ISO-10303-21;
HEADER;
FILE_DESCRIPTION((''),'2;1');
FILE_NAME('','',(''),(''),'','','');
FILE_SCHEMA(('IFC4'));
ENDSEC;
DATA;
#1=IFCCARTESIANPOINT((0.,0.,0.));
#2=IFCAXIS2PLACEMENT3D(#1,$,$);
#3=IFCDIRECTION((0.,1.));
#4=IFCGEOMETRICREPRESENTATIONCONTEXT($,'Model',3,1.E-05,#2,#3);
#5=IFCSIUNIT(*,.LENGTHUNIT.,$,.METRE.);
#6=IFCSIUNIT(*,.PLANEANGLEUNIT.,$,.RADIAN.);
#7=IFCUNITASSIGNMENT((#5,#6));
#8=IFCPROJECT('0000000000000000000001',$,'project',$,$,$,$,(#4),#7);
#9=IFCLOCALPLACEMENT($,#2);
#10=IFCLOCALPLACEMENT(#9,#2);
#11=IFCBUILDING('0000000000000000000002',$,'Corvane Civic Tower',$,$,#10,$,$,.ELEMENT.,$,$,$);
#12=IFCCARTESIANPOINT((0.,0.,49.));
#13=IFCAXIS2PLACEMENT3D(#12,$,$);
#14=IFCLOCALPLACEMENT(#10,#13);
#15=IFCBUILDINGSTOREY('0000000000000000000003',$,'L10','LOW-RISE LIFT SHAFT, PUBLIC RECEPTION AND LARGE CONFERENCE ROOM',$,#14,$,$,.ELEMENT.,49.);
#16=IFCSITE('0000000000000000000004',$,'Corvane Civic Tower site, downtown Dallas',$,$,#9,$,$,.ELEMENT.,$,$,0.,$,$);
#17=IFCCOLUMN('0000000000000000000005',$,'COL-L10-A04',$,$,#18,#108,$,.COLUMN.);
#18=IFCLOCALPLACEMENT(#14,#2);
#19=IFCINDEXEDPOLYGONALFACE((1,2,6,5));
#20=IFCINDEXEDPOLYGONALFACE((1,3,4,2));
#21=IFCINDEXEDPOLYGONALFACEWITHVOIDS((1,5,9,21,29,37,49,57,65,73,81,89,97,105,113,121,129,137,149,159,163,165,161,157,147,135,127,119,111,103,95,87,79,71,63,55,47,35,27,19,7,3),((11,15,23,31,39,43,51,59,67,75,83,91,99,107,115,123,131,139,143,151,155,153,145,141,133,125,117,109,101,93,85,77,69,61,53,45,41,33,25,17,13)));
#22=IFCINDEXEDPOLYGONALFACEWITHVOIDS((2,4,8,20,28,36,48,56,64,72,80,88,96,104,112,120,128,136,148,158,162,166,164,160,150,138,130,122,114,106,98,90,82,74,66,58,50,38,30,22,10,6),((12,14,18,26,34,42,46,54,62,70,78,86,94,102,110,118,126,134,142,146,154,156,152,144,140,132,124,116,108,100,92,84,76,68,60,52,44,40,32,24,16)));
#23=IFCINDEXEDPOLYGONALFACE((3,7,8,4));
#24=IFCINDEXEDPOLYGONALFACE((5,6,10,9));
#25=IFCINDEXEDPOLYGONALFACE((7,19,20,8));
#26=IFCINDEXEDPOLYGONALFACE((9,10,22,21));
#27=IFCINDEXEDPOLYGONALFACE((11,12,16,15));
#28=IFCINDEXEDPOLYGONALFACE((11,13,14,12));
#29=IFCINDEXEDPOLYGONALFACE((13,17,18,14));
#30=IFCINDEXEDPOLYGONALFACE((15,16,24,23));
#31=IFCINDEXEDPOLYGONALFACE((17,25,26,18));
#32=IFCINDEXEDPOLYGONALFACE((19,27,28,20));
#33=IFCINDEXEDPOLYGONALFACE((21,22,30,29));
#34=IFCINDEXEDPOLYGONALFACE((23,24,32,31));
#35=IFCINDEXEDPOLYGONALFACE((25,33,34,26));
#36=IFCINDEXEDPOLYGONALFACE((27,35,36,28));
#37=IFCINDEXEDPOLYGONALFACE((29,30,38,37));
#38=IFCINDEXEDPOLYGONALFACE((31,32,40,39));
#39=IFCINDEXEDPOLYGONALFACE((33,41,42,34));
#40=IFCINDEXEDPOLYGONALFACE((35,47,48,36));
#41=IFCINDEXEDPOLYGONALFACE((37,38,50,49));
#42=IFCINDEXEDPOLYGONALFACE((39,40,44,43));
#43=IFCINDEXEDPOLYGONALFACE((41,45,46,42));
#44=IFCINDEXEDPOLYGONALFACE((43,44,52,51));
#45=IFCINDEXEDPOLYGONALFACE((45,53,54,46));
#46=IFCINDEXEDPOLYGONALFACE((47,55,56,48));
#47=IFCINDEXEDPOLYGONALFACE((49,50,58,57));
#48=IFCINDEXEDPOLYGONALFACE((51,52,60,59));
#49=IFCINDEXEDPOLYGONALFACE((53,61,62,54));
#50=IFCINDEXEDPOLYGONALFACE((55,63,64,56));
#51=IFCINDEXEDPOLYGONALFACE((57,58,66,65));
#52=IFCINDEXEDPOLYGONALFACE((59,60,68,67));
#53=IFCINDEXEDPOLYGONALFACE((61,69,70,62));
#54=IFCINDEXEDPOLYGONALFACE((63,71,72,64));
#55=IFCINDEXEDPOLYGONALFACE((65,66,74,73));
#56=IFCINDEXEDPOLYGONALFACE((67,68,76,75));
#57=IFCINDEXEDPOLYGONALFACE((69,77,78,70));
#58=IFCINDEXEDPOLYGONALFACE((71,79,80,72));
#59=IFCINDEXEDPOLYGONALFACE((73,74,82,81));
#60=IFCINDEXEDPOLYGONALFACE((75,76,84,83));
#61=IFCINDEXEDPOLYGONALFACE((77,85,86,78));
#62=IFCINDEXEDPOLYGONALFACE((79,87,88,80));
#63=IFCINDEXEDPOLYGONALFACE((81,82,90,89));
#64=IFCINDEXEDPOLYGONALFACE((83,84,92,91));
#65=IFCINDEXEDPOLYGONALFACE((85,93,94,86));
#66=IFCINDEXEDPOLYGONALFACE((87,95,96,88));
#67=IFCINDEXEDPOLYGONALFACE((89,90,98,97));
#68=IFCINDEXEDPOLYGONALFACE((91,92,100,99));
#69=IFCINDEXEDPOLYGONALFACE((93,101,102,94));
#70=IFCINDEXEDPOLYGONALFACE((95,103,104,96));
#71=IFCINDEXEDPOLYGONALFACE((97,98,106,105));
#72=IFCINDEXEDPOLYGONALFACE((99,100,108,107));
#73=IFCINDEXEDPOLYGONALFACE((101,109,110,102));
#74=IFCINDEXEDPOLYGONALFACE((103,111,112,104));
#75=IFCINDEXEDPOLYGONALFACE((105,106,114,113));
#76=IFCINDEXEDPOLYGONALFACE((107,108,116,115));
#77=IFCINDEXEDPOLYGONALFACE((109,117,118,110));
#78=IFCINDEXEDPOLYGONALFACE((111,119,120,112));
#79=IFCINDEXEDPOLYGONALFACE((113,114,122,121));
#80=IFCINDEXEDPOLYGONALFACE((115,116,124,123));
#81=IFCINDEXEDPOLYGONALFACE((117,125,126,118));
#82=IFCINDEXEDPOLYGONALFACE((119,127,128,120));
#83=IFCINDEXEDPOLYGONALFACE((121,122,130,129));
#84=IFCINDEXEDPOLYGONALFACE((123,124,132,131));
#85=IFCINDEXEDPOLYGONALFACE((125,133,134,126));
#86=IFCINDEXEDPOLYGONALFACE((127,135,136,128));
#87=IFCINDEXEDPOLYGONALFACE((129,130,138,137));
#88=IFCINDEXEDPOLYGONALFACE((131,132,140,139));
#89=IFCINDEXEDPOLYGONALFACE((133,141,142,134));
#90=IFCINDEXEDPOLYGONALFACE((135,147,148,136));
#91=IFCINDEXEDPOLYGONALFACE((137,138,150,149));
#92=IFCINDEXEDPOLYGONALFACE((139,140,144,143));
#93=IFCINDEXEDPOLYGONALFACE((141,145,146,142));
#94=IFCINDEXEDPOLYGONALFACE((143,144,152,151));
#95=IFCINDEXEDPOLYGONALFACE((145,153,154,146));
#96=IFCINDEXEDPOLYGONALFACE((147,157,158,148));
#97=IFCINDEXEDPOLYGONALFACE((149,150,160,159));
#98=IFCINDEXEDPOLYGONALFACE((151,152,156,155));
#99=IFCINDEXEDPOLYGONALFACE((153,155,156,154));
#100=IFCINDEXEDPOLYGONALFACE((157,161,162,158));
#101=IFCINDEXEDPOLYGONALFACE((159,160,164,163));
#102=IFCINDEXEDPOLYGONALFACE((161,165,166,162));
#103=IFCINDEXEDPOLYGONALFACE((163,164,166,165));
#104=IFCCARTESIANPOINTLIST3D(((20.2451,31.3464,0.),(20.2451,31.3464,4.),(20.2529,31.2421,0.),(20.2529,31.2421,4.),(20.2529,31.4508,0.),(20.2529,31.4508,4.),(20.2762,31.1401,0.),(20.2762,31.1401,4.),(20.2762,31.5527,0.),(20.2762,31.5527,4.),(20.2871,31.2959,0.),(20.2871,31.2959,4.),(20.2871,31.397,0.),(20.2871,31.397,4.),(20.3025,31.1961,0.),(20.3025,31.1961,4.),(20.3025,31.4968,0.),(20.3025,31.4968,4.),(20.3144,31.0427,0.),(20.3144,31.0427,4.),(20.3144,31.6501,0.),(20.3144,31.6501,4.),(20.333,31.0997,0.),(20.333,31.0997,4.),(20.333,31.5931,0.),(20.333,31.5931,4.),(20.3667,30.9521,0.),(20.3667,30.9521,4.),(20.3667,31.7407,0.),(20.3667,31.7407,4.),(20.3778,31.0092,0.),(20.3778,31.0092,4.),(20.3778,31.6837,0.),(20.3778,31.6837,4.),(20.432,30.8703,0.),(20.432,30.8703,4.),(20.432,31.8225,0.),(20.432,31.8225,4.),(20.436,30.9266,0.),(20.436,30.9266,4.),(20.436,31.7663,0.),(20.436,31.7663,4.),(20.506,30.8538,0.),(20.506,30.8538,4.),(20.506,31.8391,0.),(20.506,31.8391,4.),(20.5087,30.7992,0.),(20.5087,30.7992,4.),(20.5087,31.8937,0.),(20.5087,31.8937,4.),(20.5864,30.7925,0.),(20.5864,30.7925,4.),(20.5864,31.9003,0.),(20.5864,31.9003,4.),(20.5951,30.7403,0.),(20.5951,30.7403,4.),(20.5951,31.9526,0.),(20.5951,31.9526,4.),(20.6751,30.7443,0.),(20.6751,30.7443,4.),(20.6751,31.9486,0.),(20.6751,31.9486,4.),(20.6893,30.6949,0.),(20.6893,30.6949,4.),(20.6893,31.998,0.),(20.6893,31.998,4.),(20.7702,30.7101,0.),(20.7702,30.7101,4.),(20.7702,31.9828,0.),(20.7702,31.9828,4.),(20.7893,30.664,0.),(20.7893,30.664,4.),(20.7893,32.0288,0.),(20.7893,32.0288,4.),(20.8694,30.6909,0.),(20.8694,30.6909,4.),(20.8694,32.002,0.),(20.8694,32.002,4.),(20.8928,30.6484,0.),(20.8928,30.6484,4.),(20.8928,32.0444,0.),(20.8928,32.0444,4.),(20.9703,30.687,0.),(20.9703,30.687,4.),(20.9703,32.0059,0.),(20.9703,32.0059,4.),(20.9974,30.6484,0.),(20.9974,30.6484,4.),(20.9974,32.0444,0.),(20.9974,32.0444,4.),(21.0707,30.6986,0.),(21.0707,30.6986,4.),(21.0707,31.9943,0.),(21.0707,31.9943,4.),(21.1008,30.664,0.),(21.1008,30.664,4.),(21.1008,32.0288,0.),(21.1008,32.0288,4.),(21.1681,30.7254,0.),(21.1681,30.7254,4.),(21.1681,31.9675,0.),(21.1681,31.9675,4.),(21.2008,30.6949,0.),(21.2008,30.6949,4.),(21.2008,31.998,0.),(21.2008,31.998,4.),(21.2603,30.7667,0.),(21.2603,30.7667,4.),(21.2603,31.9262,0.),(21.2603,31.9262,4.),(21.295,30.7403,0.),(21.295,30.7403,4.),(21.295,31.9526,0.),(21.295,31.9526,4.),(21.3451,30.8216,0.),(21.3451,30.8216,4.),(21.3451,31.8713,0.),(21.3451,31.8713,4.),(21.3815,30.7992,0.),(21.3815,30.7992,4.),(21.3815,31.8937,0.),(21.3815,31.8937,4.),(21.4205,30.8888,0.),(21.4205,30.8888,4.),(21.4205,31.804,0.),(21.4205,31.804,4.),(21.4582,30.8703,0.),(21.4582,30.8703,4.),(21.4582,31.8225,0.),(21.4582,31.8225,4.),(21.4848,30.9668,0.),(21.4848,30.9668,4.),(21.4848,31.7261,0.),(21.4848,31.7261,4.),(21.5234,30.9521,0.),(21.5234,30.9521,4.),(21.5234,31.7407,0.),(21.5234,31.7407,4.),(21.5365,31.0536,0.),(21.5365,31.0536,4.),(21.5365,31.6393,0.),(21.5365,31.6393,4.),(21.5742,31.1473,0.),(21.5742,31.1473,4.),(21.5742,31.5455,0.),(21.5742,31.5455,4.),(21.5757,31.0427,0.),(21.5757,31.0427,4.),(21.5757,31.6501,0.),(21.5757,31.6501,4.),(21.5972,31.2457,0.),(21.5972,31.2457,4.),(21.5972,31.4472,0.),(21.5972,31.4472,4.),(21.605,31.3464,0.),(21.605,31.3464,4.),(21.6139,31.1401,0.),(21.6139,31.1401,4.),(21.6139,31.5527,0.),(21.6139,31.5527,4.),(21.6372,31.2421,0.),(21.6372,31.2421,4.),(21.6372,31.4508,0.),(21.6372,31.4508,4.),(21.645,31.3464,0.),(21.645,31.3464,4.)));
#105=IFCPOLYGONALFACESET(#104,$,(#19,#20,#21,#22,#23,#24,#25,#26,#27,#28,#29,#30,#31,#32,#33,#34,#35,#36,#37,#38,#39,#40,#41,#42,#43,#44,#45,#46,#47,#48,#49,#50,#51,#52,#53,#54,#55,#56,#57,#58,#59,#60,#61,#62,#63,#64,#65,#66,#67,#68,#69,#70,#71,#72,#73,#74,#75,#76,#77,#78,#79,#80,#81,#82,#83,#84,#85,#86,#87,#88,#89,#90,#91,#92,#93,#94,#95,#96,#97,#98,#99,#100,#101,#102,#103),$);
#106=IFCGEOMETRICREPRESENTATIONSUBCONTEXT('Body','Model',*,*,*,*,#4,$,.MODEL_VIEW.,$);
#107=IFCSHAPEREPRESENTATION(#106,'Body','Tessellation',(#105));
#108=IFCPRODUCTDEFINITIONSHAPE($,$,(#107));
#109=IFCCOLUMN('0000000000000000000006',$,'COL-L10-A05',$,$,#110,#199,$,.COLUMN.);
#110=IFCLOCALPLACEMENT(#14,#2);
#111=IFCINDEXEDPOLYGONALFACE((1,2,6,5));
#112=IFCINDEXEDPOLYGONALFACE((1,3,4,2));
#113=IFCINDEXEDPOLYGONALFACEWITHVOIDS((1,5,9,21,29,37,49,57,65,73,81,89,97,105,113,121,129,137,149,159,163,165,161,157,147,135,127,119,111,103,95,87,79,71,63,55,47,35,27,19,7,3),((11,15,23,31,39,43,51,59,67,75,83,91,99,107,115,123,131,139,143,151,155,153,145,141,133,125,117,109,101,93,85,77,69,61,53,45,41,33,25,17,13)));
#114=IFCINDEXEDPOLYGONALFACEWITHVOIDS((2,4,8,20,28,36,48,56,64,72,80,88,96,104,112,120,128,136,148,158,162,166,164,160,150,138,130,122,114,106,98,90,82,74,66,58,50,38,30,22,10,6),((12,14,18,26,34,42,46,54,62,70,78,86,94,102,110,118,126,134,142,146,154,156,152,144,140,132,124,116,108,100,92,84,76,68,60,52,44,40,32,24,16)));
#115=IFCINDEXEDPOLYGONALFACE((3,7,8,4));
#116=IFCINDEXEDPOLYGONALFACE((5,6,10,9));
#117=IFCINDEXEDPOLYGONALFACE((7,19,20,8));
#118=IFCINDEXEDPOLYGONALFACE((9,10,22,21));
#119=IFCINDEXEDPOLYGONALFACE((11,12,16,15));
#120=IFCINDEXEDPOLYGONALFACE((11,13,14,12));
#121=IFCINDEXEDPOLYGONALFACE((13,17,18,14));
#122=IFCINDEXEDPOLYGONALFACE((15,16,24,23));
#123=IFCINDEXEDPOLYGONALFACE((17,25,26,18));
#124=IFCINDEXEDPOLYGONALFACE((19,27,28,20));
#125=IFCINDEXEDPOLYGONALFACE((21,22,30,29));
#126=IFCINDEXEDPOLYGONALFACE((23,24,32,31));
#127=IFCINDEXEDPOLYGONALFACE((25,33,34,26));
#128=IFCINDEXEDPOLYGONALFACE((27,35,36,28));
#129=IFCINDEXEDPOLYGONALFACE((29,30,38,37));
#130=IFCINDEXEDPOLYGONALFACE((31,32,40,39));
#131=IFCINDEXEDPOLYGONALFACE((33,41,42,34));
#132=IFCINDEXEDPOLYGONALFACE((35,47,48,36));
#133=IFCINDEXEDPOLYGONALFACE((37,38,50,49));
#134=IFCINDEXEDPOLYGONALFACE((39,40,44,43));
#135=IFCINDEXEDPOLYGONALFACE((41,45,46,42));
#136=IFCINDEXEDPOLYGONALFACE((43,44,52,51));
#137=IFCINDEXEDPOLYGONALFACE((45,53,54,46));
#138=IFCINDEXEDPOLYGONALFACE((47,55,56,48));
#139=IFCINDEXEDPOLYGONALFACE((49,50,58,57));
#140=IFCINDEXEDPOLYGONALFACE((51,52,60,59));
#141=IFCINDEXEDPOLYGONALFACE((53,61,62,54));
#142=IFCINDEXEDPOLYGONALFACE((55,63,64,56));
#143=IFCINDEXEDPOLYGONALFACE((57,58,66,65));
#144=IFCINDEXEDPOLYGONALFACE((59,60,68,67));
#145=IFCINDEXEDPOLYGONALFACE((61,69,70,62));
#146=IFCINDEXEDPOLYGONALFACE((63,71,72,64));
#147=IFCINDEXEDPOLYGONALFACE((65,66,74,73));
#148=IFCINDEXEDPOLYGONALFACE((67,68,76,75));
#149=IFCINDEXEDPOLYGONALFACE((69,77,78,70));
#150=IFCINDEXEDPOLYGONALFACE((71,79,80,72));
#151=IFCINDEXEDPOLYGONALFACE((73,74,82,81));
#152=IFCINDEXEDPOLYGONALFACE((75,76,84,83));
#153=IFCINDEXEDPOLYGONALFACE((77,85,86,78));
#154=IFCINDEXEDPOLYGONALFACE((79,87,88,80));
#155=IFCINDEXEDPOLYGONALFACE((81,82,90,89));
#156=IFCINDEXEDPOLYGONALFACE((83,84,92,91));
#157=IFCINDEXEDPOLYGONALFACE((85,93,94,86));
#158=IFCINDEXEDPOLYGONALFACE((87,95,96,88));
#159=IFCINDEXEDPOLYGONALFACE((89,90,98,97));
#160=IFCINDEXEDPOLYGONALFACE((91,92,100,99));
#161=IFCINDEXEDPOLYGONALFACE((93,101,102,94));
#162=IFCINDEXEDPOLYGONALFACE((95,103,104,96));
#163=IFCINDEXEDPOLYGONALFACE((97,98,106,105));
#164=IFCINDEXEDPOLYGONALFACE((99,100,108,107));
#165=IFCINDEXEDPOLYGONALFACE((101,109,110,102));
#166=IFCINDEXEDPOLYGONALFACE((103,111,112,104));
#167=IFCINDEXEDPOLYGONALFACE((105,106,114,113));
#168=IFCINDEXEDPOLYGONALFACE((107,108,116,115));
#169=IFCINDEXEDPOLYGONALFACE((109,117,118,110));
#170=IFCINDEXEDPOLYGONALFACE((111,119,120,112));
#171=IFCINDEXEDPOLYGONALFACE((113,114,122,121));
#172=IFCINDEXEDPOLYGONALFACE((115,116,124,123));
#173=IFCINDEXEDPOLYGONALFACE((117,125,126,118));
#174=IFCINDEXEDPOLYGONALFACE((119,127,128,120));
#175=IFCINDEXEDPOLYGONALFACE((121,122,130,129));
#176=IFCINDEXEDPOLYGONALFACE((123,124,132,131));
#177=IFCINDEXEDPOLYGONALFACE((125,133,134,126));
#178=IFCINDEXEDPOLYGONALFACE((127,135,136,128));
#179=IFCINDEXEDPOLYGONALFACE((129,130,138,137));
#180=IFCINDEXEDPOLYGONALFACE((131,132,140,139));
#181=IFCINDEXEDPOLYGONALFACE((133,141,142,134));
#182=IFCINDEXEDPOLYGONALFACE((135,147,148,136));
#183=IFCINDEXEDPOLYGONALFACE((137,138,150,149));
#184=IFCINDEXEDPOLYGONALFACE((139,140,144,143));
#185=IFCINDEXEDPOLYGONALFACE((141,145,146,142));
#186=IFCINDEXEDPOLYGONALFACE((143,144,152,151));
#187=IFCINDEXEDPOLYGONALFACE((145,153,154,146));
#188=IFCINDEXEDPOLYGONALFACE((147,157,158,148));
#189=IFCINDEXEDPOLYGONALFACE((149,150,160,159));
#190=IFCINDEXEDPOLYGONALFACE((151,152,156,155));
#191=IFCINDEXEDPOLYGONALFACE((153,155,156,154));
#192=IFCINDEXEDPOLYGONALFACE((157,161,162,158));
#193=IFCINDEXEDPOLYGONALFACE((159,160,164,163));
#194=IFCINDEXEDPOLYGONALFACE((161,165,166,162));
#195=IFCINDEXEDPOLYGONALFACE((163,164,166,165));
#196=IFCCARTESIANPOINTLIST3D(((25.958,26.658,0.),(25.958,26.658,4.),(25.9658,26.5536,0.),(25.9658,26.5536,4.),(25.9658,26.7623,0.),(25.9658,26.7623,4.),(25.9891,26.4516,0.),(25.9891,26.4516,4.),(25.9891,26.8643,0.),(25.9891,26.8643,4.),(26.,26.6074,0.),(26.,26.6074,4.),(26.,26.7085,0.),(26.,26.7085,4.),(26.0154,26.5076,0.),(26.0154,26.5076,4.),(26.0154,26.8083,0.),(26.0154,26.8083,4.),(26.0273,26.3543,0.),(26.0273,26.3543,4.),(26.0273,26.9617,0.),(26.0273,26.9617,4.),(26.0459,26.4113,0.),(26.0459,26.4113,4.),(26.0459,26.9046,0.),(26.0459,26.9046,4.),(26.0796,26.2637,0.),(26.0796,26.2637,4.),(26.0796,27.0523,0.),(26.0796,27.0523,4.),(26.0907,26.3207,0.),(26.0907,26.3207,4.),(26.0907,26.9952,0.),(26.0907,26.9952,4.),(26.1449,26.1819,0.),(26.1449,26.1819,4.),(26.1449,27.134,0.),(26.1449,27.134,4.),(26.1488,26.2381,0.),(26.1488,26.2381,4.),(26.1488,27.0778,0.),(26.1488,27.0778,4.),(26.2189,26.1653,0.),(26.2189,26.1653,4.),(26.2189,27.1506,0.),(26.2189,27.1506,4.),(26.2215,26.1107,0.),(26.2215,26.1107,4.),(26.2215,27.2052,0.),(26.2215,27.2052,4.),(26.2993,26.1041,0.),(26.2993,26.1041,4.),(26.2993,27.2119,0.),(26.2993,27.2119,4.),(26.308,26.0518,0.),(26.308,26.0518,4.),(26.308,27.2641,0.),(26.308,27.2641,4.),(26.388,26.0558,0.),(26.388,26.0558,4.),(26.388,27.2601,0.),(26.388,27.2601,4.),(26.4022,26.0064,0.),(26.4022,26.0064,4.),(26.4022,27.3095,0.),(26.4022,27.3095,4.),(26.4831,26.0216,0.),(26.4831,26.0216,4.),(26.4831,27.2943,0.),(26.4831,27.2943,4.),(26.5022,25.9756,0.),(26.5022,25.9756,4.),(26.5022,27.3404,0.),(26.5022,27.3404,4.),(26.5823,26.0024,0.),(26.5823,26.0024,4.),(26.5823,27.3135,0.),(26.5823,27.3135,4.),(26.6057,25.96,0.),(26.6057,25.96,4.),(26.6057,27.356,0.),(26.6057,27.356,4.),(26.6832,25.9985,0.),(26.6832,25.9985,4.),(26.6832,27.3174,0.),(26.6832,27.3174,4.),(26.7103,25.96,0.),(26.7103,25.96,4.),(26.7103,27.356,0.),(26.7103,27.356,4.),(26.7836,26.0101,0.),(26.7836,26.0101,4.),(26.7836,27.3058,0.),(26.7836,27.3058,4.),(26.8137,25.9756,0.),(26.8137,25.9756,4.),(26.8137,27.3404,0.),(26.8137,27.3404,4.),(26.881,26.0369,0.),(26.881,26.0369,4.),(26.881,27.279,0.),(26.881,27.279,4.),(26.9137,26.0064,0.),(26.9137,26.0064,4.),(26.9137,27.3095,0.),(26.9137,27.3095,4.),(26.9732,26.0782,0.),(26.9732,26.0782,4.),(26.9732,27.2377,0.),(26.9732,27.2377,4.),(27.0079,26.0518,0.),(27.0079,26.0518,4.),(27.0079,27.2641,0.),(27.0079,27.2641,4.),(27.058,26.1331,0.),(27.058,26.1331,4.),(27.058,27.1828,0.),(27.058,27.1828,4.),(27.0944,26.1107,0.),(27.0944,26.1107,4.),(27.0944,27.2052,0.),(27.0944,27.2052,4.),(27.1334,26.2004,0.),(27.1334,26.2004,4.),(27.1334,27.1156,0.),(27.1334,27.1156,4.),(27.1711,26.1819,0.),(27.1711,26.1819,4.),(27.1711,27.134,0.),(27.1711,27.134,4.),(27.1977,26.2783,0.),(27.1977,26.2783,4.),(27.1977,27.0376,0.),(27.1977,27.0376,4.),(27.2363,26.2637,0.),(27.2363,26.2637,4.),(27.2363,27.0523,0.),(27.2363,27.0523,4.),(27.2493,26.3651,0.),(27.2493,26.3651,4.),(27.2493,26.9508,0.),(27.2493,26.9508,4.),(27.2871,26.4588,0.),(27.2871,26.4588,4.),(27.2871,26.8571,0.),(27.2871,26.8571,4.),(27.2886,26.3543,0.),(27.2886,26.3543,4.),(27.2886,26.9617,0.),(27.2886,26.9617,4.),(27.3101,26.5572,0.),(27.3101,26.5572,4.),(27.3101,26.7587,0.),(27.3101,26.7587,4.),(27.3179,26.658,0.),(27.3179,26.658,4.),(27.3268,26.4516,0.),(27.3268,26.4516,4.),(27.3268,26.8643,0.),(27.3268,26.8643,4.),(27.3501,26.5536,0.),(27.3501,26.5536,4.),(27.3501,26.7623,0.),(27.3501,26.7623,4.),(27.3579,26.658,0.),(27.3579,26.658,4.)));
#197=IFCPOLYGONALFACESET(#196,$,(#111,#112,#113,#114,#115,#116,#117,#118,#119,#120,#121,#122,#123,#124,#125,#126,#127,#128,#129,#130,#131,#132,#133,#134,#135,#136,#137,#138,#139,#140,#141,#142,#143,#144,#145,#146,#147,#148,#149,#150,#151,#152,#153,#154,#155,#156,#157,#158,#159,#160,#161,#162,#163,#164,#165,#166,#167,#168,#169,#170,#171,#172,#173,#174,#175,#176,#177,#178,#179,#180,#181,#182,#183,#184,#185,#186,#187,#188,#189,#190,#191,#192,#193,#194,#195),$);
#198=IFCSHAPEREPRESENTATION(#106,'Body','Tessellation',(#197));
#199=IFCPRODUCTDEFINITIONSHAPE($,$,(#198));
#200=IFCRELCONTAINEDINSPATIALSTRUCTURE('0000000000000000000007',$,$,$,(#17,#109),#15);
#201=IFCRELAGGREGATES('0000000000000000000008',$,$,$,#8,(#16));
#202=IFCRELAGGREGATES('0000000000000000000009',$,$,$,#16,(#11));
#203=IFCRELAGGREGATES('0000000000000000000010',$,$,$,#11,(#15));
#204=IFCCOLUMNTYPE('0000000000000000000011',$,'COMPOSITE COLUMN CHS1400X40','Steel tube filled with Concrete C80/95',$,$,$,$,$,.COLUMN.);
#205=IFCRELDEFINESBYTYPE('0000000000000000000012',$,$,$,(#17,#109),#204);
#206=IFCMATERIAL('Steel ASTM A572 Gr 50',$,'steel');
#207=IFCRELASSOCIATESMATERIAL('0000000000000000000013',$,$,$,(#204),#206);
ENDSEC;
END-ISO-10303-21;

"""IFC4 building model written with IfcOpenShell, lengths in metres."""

from ifc_helpers import new_model, si_unit, direction, frame, origin, origin_2d, place, context, subcontext, project, spatial, hollow_circle, extrude, material, material_profile, profile_set, type_object, element, save


model = new_model("IFC4")

# Units and contexts
model_context = context("Model", 3, precision=1e-05, world=origin(), true_north=direction((0.0, 1.0)))
body_context = subcontext(model_context, "Body", "Model", "MODEL_VIEW")
ifc_project = project(units=[si_unit("LENGTHUNIT", "METRE"), si_unit("PLANEANGLEUNIT", "RADIAN")], contexts=[model_context])

# Site, building, storey
site_placement = place(None, origin())
site = spatial("IfcSite", under=ifc_project, at=site_placement, Name="Corvane Civic Tower site, downtown Dallas", CompositionType="ELEMENT", RefElevation=0.0)
building_placement = place(site_placement, origin())
building = spatial("IfcBuilding", under=site, at=building_placement, Name="Corvane Civic Tower", CompositionType="ELEMENT")
storey_placement = place(building_placement, frame((0.0, 0.0, 49.0)))
storey = spatial("IfcBuildingStorey", under=building, at=storey_placement, Name="L10", Description="LOW-RISE LIFT SHAFT, PUBLIC RECEPTION AND LARGE CONFERENCE ROOM", CompositionType="ELEMENT", Elevation=49.0)

# Columns
ifc_material_1 = material(Name="Steel ASTM A572 Gr 50", Category="steel")
ifc_material_profile_1 = material_profile(ifc_material_1, hollow_circle(Radius=0.7, WallThickness=0.04, at=origin_2d()), Name="CHS1400X40")
ifc_profile_set_1 = profile_set([ifc_material_profile_1], Name="Steel ASTM A572 Gr 50")
column_type = type_object("IfcColumnType", Name="COMPOSITE COLUMN CHS1400X40", Description="Steel tube filled with Concrete C80/95", PredefinedType="COLUMN", material=ifc_profile_set_1)
for number, where, z_axis, x_axis, name in (
    (1, (20.9451, 31.3464, 0.0), (0.0, 0.0, 1.0), (1.0, 0.0, 0.0), "COL-L10-A04"),
    (2, (26.658, 26.658, 0.0), (0.0, 0.0, 1.0), (1.0, 0.0, 0.0), "COL-L10-A05"),
):
    element("IfcColumn", number, at=place(storey_placement, frame(where, z_axis=z_axis, x_axis=x_axis)), inside=storey, type_object=column_type, Name=name, PredefinedType="COLUMN", context=body_context, shape_type="SweptSolid", body=[
        extrude(hollow_circle(Radius=0.7, WallThickness=0.04, at=origin_2d()), origin(), (0.0, 0.0, 1.0), 4.0),
    ])

save(model, "model.ifc")
